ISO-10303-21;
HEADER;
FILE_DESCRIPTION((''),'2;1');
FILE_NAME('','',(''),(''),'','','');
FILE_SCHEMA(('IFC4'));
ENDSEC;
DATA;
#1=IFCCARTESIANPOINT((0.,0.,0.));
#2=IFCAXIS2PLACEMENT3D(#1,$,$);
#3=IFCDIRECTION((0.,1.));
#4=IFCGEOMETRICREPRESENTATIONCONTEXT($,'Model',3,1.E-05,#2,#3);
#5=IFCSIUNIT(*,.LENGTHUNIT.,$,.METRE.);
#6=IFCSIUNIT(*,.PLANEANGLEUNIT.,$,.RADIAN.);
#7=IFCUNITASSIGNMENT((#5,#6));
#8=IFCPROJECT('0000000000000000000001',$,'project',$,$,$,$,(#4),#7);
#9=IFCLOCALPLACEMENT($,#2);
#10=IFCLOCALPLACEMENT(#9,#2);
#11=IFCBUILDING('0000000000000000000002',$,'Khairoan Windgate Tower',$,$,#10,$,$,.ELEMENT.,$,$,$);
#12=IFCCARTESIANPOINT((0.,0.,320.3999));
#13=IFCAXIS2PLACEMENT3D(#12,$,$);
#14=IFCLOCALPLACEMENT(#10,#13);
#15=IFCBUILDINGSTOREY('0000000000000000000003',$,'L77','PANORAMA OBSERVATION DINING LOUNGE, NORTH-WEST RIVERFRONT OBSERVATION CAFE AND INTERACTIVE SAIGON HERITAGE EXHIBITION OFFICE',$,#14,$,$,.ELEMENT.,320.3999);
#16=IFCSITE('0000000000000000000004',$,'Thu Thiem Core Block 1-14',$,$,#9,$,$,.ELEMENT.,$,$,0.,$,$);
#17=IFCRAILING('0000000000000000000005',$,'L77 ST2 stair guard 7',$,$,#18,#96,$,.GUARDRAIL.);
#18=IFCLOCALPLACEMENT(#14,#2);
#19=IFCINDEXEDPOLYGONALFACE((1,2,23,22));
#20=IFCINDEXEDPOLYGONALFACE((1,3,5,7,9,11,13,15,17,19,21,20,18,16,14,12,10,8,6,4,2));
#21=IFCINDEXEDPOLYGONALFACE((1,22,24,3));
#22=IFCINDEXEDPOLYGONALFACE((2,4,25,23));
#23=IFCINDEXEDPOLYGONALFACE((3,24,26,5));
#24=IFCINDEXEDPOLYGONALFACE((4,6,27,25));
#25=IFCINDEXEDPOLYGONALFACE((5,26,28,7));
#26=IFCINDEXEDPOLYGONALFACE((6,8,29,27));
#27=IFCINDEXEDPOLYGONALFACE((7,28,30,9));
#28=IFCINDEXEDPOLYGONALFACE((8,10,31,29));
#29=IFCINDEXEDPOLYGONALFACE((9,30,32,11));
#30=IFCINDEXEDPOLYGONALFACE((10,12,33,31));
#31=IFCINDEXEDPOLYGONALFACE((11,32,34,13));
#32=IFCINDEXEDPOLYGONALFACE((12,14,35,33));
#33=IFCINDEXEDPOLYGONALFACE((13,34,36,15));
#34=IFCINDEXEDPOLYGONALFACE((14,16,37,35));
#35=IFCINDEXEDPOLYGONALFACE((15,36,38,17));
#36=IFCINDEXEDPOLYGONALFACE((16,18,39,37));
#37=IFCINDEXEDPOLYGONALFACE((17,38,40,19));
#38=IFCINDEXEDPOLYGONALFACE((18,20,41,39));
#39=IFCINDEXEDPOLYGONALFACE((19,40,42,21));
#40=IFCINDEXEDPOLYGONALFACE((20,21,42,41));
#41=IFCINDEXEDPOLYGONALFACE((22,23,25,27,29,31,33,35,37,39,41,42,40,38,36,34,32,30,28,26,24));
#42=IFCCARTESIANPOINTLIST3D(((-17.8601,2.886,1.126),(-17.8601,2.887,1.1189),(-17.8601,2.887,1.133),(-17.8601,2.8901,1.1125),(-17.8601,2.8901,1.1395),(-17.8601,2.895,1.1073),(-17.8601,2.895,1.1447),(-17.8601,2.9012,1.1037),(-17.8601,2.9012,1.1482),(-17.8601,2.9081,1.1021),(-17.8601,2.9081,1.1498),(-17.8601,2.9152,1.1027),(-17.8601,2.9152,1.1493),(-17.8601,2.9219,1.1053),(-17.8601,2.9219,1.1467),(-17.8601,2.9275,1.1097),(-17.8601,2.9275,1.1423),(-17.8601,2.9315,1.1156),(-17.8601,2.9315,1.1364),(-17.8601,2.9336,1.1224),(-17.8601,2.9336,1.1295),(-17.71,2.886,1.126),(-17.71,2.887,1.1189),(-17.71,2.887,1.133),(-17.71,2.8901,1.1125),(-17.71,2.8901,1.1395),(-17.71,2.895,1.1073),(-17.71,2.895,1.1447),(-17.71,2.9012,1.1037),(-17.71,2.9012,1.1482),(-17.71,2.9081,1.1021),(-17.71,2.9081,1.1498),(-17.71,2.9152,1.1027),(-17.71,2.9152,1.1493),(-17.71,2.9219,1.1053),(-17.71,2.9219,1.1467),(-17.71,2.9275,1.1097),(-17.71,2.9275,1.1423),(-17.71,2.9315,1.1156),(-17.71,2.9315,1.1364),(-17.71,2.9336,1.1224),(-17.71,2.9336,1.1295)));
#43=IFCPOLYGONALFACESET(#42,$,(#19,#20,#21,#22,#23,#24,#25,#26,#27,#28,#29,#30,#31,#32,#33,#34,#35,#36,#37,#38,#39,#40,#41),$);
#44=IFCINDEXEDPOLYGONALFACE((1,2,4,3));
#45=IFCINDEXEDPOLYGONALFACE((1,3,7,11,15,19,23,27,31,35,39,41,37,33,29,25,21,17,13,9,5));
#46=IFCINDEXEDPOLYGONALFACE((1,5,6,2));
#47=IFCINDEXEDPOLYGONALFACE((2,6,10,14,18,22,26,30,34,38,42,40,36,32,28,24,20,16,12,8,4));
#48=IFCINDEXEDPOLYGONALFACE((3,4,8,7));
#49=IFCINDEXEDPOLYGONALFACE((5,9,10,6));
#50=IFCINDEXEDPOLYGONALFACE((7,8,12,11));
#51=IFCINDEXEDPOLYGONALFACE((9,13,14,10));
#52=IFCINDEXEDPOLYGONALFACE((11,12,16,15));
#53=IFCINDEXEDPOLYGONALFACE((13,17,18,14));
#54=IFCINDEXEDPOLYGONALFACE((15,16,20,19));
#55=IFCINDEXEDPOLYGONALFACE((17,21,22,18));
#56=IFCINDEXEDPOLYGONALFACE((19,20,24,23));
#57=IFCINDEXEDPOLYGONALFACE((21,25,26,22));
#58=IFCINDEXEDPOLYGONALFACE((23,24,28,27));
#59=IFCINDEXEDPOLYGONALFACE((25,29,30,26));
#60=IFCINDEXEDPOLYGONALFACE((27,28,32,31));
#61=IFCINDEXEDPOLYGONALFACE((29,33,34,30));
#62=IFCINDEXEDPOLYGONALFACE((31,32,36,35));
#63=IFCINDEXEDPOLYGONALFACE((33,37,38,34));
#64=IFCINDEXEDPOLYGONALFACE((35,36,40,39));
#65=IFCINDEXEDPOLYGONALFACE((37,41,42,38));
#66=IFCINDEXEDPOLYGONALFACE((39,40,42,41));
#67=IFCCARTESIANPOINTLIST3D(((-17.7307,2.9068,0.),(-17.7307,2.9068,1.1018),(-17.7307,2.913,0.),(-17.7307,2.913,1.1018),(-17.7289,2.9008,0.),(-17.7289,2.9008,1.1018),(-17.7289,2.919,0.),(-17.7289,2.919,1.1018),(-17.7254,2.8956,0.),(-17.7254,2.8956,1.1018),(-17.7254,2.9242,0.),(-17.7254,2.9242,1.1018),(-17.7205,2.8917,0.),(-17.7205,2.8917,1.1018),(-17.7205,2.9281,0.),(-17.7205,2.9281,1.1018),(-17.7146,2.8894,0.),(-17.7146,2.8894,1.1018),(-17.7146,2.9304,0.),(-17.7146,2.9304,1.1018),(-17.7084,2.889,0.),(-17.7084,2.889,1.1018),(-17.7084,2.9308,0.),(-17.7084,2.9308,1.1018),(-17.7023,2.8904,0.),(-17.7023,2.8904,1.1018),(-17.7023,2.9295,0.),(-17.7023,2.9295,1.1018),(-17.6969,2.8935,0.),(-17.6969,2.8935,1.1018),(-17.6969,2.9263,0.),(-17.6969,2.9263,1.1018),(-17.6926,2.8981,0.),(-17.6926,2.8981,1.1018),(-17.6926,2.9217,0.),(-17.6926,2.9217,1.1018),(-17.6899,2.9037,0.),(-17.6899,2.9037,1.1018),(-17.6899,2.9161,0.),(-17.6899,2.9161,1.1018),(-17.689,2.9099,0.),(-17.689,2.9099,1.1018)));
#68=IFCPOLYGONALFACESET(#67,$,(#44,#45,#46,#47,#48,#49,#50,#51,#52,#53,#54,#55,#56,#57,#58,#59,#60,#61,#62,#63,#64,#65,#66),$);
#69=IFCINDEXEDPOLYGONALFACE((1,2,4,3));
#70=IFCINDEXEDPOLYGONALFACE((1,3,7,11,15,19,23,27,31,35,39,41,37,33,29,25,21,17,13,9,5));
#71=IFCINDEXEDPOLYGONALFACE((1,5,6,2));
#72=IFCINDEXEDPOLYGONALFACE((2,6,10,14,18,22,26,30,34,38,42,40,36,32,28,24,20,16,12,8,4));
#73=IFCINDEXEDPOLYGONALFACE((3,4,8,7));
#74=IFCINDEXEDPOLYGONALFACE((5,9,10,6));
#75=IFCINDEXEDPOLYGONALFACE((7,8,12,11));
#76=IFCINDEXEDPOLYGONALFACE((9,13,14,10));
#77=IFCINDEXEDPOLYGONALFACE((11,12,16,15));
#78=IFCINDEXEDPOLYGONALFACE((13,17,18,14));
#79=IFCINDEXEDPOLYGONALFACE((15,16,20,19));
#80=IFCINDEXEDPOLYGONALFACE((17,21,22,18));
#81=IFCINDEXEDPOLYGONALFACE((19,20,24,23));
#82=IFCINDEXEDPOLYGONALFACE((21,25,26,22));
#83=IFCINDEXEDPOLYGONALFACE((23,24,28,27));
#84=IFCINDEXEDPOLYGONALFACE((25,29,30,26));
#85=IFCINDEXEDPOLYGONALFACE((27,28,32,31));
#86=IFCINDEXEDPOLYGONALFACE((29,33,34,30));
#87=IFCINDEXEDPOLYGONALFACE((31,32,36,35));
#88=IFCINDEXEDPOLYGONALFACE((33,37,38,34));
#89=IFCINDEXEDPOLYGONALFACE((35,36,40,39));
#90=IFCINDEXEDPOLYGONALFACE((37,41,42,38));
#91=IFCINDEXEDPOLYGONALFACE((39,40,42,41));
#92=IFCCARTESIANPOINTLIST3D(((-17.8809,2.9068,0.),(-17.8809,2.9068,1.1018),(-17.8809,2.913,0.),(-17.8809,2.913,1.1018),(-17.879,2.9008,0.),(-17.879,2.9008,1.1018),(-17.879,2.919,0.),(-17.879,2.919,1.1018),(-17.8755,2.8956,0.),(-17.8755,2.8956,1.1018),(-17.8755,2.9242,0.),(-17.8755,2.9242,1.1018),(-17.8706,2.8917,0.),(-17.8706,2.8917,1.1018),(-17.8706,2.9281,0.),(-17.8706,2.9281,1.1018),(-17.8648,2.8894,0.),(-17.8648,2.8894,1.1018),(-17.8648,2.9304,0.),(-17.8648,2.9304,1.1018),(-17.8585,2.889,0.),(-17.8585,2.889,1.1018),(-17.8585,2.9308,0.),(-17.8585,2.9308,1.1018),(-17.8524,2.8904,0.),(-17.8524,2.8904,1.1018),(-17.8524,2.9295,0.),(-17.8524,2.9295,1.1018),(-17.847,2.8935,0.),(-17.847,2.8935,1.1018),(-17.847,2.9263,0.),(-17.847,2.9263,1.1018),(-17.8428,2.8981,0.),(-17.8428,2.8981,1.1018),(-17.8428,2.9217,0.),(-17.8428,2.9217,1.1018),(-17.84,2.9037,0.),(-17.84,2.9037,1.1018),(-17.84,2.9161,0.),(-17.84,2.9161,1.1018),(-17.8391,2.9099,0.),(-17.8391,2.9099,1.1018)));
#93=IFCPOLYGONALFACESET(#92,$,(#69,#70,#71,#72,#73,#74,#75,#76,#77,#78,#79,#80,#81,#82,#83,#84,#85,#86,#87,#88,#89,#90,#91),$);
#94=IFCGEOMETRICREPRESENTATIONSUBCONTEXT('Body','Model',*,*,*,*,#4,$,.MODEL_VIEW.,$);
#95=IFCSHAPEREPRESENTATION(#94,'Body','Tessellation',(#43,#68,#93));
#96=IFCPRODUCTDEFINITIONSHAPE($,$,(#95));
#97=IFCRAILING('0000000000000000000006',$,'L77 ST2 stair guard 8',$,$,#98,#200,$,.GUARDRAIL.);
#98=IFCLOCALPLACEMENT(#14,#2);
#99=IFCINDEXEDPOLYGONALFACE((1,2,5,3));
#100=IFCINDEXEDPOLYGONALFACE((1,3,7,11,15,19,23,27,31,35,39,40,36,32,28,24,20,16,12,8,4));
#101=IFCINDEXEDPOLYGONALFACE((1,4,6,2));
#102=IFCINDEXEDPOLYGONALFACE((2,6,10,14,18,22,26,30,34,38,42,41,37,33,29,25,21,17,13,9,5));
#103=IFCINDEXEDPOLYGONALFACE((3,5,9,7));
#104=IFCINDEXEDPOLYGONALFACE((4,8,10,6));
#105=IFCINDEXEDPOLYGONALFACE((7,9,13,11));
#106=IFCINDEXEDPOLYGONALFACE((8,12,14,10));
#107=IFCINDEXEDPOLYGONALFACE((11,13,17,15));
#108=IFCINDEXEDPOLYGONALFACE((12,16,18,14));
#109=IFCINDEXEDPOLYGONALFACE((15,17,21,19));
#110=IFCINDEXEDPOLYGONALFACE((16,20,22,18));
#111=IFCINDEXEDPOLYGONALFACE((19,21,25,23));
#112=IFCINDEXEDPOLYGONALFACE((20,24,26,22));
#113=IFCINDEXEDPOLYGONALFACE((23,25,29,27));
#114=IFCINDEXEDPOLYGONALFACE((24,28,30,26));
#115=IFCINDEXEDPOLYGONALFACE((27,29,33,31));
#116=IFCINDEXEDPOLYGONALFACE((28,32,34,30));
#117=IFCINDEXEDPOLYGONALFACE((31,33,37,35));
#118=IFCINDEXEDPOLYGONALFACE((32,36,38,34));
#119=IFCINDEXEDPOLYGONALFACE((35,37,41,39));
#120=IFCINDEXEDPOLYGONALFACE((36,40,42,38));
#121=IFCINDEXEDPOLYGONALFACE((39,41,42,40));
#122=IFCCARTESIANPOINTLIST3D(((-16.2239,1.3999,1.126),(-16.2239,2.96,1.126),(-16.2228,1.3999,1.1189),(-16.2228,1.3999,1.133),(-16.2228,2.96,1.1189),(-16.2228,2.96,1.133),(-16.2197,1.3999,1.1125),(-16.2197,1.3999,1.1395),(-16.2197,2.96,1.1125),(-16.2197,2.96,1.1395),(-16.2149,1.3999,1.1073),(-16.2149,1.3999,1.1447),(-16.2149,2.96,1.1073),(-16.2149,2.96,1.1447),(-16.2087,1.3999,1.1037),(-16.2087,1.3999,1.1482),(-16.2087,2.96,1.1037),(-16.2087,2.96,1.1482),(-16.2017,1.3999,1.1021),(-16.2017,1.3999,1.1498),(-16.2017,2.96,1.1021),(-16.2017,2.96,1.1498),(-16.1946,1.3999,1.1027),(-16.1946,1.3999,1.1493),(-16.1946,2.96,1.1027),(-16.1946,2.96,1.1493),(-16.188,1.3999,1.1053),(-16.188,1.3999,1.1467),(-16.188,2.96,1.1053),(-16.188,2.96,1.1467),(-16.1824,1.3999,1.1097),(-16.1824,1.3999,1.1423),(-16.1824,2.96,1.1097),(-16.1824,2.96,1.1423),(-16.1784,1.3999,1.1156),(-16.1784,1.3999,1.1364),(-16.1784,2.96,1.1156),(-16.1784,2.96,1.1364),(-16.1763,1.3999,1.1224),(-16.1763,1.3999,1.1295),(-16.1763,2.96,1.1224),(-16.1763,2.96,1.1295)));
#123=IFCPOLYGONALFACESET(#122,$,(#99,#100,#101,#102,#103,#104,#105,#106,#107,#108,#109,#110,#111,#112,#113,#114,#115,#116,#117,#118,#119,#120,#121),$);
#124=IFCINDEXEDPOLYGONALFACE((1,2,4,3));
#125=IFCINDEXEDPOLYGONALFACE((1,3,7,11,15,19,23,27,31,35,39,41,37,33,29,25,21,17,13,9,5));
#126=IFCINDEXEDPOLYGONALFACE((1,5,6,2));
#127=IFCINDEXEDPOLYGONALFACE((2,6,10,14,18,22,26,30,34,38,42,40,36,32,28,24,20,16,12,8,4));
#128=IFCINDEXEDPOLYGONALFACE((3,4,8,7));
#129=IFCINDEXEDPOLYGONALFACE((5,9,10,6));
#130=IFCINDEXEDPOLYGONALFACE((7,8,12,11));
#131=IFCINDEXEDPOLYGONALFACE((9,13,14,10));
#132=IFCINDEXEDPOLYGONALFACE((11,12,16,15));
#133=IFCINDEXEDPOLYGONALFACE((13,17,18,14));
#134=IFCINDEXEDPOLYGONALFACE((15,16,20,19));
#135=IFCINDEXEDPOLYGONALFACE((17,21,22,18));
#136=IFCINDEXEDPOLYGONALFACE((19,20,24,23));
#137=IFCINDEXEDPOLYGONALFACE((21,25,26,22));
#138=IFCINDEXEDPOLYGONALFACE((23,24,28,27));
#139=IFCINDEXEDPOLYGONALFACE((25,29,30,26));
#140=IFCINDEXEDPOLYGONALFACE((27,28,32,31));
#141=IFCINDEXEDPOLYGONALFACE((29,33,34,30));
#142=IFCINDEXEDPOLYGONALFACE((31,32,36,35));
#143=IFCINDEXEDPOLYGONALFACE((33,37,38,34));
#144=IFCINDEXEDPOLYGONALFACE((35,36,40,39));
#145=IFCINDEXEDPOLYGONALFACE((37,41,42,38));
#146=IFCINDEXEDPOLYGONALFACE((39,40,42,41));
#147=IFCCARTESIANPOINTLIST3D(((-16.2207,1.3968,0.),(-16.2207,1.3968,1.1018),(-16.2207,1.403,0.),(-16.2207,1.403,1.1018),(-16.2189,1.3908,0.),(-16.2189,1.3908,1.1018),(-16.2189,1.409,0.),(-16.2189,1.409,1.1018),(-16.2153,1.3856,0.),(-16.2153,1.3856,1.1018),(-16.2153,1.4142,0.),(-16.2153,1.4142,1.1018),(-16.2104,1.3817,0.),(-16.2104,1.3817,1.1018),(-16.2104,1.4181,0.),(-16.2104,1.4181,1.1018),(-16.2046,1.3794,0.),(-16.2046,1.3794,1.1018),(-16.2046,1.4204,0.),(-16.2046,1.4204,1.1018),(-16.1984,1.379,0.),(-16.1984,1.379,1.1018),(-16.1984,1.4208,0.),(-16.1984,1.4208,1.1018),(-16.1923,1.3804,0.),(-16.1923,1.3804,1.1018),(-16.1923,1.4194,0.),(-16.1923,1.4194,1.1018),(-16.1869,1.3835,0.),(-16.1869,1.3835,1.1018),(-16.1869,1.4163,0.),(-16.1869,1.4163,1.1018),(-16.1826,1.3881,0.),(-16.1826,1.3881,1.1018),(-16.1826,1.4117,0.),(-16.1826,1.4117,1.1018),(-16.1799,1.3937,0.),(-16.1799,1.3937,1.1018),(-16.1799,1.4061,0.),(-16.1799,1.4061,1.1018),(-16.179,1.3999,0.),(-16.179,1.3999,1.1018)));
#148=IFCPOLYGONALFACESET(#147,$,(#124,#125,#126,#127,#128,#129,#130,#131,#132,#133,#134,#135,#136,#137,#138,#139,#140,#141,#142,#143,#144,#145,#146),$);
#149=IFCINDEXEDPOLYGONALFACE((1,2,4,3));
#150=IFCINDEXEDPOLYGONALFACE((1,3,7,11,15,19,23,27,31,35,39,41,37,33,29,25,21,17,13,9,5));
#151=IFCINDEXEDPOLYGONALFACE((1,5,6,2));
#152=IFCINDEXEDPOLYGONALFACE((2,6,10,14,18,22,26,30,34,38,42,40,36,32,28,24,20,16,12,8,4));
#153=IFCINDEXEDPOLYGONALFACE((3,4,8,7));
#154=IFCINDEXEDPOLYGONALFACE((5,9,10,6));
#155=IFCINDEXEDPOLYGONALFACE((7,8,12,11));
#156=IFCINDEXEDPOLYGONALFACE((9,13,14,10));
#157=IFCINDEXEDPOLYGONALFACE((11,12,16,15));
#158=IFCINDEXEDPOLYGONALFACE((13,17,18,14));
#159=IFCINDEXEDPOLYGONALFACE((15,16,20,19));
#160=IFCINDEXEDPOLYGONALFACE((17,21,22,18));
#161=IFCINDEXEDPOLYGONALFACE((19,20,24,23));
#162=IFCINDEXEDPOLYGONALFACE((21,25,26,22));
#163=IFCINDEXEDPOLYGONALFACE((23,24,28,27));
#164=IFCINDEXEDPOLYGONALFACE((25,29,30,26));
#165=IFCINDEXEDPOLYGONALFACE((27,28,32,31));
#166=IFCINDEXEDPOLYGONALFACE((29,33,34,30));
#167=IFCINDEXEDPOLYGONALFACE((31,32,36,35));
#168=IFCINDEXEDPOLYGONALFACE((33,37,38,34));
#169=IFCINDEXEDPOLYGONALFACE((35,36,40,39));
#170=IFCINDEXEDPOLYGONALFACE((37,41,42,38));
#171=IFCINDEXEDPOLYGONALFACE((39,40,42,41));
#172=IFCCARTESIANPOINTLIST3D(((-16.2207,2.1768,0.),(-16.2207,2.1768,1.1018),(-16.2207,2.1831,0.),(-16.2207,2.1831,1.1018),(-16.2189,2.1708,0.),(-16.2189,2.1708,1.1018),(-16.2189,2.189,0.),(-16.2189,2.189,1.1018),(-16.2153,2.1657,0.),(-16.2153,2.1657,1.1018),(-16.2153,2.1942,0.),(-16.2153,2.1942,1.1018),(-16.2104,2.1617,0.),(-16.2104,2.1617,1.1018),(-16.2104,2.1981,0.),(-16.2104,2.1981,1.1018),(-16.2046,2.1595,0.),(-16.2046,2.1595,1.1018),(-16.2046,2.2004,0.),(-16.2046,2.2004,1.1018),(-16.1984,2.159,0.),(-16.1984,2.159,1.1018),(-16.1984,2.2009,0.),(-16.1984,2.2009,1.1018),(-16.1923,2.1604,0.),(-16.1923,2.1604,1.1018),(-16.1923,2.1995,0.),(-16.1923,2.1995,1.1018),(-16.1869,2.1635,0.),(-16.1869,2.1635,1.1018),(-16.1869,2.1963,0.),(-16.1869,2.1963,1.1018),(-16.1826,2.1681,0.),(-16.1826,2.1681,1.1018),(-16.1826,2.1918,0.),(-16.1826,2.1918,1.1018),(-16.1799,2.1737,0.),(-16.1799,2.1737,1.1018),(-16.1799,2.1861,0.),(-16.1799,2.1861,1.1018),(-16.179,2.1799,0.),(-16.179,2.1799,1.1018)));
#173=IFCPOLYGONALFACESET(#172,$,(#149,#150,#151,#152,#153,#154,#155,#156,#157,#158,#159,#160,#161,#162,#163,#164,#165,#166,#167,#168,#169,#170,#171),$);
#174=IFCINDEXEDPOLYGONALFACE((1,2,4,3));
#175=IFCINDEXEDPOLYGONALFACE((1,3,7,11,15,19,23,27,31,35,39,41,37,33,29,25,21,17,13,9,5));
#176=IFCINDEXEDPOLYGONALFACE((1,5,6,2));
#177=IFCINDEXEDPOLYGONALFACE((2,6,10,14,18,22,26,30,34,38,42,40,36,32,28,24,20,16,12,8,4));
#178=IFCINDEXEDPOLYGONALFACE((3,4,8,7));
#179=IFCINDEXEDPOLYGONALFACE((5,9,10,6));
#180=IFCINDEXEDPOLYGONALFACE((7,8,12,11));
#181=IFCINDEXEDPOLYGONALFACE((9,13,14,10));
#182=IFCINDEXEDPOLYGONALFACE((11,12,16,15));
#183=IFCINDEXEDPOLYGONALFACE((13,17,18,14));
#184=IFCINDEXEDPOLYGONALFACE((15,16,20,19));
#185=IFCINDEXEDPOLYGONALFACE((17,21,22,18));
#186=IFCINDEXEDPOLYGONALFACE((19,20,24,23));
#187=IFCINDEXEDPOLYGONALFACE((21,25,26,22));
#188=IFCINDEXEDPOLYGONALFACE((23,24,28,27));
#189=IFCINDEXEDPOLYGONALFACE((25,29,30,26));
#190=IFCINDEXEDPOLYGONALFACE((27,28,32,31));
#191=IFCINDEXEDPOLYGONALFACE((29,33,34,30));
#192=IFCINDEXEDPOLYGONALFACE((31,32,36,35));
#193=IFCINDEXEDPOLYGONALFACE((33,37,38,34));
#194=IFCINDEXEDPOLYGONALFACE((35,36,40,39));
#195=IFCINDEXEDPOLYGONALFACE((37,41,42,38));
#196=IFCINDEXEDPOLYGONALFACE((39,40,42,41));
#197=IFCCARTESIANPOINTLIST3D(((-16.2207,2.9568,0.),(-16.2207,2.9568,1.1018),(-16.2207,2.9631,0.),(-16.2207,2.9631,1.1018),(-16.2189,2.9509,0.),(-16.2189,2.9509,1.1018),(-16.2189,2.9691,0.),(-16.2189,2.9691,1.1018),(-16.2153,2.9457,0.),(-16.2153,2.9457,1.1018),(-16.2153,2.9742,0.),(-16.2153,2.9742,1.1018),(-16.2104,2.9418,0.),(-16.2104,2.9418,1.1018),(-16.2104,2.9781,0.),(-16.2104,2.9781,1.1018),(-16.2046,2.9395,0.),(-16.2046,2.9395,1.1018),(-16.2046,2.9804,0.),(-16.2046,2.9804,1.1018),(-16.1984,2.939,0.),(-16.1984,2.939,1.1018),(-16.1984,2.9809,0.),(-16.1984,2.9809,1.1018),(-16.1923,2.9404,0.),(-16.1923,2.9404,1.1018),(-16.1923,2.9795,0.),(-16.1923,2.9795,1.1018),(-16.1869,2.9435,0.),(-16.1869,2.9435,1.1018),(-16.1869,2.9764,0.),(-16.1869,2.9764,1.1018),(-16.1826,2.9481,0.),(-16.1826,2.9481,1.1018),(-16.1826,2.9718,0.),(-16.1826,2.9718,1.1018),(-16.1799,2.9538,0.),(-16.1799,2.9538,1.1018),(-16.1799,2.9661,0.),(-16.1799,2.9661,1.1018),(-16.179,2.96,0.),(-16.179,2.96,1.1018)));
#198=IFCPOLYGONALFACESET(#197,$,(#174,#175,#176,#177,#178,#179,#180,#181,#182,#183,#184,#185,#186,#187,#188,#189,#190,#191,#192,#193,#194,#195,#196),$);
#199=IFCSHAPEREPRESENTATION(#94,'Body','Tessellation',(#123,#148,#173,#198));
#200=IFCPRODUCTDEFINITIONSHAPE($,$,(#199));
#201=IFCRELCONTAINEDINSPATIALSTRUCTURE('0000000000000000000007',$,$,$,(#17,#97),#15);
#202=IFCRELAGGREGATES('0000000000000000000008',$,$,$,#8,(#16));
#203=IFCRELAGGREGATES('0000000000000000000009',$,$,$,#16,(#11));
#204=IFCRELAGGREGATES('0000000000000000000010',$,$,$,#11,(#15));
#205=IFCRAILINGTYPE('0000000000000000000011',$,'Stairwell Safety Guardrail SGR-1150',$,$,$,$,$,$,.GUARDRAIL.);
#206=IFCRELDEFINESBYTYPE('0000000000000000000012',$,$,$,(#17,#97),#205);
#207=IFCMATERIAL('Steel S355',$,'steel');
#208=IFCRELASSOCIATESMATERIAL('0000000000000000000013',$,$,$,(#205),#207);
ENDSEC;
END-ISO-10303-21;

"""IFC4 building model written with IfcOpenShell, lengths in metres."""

from ifc_helpers import new_model, si_unit, direction, frame, origin, origin_2d, place, context, subcontext, project, spatial, circle, extrude, material, type_object, element, save


model = new_model("IFC4")

# Units and contexts
model_context = context("Model", 3, precision=1e-05, world=origin(), true_north=direction((0.0, 1.0)))
body_context = subcontext(model_context, "Body", "Model", "MODEL_VIEW")
ifc_project = project(units=[si_unit("LENGTHUNIT", "METRE"), si_unit("PLANEANGLEUNIT", "RADIAN")], contexts=[model_context])

# Site, building, storey
site_placement = place(None, origin())
site = spatial("IfcSite", under=ifc_project, at=site_placement, Name="Thu Thiem Core Block 1-14", CompositionType="ELEMENT", RefElevation=0.0)
building_placement = place(site_placement, origin())
building = spatial("IfcBuilding", under=site, at=building_placement, Name="Khairoan Windgate Tower", CompositionType="ELEMENT")
storey_placement = place(building_placement, frame((0.0, 0.0, 320.3999)))
storey = spatial("IfcBuildingStorey", under=building, at=storey_placement, Name="L77", Description="PANORAMA OBSERVATION DINING LOUNGE, NORTH-WEST RIVERFRONT OBSERVATION CAFE AND INTERACTIVE SAIGON HERITAGE EXHIBITION OFFICE", CompositionType="ELEMENT", Elevation=320.3999)

# Railings
ifc_material_1 = material(Name="Steel S355", Category="steel")
railing_type_1 = type_object("IfcRailingType", Name="Stairwell Safety Guardrail SGR-1150", PredefinedType="GUARDRAIL", material=ifc_material_1)
railing_1_placement = place(storey_placement, frame((-17.71, 2.9099, 0.0)))
element("IfcRailing", 1, at=railing_1_placement, inside=storey, type_object=railing_type_1, Name="L77 ST2 stair guard 7", PredefinedType="GUARDRAIL", context=body_context, shape_type="SweptSolid", body=[
    extrude(circle(Radius=0.0239, at=origin_2d()), frame((0.0, 0.0, 1.126), z_axis=(-1.0, 0.0, 0.0), x_axis=(0.0, -1.0, 0.0)), (0.0, 0.0, 1.0), 0.1501),
    extrude(circle(Radius=0.021, at=origin_2d()), origin(), (0.0, 0.0, 1.0), 1.1018),
    extrude(circle(Radius=0.021, at=origin_2d()), frame((-0.1501, 0.0, 0.0)), (0.0, 0.0, 1.0), 1.1018),
])
for number, where, name in (
    (2, (-16.2, 1.3999, 0.0), "L77 ST2 stair guard 8"),
):
    element("IfcRailing", number, at=place(storey_placement, frame(where)), inside=storey, type_object=railing_type_1, Name=name, PredefinedType="GUARDRAIL", context=body_context, shape_type="SweptSolid", body=[
        extrude(circle(Radius=0.0239, at=origin_2d()), frame((0.0, 0.0, 1.126), z_axis=(0.0, 1.0, 0.0), x_axis=(-1.0, 0.0, 0.0)), (0.0, 0.0, 1.0), 1.5601),
        extrude(circle(Radius=0.021, at=origin_2d()), origin(), (0.0, 0.0, 1.0), 1.1018),
        extrude(circle(Radius=0.021, at=origin_2d()), frame((0.0, 0.78, 0.0)), (0.0, 0.0, 1.0), 1.1018),
        extrude(circle(Radius=0.021, at=origin_2d()), frame((0.0, 1.5601, 0.0)), (0.0, 0.0, 1.0), 1.1018),
    ])

save(model, "model.ifc")
